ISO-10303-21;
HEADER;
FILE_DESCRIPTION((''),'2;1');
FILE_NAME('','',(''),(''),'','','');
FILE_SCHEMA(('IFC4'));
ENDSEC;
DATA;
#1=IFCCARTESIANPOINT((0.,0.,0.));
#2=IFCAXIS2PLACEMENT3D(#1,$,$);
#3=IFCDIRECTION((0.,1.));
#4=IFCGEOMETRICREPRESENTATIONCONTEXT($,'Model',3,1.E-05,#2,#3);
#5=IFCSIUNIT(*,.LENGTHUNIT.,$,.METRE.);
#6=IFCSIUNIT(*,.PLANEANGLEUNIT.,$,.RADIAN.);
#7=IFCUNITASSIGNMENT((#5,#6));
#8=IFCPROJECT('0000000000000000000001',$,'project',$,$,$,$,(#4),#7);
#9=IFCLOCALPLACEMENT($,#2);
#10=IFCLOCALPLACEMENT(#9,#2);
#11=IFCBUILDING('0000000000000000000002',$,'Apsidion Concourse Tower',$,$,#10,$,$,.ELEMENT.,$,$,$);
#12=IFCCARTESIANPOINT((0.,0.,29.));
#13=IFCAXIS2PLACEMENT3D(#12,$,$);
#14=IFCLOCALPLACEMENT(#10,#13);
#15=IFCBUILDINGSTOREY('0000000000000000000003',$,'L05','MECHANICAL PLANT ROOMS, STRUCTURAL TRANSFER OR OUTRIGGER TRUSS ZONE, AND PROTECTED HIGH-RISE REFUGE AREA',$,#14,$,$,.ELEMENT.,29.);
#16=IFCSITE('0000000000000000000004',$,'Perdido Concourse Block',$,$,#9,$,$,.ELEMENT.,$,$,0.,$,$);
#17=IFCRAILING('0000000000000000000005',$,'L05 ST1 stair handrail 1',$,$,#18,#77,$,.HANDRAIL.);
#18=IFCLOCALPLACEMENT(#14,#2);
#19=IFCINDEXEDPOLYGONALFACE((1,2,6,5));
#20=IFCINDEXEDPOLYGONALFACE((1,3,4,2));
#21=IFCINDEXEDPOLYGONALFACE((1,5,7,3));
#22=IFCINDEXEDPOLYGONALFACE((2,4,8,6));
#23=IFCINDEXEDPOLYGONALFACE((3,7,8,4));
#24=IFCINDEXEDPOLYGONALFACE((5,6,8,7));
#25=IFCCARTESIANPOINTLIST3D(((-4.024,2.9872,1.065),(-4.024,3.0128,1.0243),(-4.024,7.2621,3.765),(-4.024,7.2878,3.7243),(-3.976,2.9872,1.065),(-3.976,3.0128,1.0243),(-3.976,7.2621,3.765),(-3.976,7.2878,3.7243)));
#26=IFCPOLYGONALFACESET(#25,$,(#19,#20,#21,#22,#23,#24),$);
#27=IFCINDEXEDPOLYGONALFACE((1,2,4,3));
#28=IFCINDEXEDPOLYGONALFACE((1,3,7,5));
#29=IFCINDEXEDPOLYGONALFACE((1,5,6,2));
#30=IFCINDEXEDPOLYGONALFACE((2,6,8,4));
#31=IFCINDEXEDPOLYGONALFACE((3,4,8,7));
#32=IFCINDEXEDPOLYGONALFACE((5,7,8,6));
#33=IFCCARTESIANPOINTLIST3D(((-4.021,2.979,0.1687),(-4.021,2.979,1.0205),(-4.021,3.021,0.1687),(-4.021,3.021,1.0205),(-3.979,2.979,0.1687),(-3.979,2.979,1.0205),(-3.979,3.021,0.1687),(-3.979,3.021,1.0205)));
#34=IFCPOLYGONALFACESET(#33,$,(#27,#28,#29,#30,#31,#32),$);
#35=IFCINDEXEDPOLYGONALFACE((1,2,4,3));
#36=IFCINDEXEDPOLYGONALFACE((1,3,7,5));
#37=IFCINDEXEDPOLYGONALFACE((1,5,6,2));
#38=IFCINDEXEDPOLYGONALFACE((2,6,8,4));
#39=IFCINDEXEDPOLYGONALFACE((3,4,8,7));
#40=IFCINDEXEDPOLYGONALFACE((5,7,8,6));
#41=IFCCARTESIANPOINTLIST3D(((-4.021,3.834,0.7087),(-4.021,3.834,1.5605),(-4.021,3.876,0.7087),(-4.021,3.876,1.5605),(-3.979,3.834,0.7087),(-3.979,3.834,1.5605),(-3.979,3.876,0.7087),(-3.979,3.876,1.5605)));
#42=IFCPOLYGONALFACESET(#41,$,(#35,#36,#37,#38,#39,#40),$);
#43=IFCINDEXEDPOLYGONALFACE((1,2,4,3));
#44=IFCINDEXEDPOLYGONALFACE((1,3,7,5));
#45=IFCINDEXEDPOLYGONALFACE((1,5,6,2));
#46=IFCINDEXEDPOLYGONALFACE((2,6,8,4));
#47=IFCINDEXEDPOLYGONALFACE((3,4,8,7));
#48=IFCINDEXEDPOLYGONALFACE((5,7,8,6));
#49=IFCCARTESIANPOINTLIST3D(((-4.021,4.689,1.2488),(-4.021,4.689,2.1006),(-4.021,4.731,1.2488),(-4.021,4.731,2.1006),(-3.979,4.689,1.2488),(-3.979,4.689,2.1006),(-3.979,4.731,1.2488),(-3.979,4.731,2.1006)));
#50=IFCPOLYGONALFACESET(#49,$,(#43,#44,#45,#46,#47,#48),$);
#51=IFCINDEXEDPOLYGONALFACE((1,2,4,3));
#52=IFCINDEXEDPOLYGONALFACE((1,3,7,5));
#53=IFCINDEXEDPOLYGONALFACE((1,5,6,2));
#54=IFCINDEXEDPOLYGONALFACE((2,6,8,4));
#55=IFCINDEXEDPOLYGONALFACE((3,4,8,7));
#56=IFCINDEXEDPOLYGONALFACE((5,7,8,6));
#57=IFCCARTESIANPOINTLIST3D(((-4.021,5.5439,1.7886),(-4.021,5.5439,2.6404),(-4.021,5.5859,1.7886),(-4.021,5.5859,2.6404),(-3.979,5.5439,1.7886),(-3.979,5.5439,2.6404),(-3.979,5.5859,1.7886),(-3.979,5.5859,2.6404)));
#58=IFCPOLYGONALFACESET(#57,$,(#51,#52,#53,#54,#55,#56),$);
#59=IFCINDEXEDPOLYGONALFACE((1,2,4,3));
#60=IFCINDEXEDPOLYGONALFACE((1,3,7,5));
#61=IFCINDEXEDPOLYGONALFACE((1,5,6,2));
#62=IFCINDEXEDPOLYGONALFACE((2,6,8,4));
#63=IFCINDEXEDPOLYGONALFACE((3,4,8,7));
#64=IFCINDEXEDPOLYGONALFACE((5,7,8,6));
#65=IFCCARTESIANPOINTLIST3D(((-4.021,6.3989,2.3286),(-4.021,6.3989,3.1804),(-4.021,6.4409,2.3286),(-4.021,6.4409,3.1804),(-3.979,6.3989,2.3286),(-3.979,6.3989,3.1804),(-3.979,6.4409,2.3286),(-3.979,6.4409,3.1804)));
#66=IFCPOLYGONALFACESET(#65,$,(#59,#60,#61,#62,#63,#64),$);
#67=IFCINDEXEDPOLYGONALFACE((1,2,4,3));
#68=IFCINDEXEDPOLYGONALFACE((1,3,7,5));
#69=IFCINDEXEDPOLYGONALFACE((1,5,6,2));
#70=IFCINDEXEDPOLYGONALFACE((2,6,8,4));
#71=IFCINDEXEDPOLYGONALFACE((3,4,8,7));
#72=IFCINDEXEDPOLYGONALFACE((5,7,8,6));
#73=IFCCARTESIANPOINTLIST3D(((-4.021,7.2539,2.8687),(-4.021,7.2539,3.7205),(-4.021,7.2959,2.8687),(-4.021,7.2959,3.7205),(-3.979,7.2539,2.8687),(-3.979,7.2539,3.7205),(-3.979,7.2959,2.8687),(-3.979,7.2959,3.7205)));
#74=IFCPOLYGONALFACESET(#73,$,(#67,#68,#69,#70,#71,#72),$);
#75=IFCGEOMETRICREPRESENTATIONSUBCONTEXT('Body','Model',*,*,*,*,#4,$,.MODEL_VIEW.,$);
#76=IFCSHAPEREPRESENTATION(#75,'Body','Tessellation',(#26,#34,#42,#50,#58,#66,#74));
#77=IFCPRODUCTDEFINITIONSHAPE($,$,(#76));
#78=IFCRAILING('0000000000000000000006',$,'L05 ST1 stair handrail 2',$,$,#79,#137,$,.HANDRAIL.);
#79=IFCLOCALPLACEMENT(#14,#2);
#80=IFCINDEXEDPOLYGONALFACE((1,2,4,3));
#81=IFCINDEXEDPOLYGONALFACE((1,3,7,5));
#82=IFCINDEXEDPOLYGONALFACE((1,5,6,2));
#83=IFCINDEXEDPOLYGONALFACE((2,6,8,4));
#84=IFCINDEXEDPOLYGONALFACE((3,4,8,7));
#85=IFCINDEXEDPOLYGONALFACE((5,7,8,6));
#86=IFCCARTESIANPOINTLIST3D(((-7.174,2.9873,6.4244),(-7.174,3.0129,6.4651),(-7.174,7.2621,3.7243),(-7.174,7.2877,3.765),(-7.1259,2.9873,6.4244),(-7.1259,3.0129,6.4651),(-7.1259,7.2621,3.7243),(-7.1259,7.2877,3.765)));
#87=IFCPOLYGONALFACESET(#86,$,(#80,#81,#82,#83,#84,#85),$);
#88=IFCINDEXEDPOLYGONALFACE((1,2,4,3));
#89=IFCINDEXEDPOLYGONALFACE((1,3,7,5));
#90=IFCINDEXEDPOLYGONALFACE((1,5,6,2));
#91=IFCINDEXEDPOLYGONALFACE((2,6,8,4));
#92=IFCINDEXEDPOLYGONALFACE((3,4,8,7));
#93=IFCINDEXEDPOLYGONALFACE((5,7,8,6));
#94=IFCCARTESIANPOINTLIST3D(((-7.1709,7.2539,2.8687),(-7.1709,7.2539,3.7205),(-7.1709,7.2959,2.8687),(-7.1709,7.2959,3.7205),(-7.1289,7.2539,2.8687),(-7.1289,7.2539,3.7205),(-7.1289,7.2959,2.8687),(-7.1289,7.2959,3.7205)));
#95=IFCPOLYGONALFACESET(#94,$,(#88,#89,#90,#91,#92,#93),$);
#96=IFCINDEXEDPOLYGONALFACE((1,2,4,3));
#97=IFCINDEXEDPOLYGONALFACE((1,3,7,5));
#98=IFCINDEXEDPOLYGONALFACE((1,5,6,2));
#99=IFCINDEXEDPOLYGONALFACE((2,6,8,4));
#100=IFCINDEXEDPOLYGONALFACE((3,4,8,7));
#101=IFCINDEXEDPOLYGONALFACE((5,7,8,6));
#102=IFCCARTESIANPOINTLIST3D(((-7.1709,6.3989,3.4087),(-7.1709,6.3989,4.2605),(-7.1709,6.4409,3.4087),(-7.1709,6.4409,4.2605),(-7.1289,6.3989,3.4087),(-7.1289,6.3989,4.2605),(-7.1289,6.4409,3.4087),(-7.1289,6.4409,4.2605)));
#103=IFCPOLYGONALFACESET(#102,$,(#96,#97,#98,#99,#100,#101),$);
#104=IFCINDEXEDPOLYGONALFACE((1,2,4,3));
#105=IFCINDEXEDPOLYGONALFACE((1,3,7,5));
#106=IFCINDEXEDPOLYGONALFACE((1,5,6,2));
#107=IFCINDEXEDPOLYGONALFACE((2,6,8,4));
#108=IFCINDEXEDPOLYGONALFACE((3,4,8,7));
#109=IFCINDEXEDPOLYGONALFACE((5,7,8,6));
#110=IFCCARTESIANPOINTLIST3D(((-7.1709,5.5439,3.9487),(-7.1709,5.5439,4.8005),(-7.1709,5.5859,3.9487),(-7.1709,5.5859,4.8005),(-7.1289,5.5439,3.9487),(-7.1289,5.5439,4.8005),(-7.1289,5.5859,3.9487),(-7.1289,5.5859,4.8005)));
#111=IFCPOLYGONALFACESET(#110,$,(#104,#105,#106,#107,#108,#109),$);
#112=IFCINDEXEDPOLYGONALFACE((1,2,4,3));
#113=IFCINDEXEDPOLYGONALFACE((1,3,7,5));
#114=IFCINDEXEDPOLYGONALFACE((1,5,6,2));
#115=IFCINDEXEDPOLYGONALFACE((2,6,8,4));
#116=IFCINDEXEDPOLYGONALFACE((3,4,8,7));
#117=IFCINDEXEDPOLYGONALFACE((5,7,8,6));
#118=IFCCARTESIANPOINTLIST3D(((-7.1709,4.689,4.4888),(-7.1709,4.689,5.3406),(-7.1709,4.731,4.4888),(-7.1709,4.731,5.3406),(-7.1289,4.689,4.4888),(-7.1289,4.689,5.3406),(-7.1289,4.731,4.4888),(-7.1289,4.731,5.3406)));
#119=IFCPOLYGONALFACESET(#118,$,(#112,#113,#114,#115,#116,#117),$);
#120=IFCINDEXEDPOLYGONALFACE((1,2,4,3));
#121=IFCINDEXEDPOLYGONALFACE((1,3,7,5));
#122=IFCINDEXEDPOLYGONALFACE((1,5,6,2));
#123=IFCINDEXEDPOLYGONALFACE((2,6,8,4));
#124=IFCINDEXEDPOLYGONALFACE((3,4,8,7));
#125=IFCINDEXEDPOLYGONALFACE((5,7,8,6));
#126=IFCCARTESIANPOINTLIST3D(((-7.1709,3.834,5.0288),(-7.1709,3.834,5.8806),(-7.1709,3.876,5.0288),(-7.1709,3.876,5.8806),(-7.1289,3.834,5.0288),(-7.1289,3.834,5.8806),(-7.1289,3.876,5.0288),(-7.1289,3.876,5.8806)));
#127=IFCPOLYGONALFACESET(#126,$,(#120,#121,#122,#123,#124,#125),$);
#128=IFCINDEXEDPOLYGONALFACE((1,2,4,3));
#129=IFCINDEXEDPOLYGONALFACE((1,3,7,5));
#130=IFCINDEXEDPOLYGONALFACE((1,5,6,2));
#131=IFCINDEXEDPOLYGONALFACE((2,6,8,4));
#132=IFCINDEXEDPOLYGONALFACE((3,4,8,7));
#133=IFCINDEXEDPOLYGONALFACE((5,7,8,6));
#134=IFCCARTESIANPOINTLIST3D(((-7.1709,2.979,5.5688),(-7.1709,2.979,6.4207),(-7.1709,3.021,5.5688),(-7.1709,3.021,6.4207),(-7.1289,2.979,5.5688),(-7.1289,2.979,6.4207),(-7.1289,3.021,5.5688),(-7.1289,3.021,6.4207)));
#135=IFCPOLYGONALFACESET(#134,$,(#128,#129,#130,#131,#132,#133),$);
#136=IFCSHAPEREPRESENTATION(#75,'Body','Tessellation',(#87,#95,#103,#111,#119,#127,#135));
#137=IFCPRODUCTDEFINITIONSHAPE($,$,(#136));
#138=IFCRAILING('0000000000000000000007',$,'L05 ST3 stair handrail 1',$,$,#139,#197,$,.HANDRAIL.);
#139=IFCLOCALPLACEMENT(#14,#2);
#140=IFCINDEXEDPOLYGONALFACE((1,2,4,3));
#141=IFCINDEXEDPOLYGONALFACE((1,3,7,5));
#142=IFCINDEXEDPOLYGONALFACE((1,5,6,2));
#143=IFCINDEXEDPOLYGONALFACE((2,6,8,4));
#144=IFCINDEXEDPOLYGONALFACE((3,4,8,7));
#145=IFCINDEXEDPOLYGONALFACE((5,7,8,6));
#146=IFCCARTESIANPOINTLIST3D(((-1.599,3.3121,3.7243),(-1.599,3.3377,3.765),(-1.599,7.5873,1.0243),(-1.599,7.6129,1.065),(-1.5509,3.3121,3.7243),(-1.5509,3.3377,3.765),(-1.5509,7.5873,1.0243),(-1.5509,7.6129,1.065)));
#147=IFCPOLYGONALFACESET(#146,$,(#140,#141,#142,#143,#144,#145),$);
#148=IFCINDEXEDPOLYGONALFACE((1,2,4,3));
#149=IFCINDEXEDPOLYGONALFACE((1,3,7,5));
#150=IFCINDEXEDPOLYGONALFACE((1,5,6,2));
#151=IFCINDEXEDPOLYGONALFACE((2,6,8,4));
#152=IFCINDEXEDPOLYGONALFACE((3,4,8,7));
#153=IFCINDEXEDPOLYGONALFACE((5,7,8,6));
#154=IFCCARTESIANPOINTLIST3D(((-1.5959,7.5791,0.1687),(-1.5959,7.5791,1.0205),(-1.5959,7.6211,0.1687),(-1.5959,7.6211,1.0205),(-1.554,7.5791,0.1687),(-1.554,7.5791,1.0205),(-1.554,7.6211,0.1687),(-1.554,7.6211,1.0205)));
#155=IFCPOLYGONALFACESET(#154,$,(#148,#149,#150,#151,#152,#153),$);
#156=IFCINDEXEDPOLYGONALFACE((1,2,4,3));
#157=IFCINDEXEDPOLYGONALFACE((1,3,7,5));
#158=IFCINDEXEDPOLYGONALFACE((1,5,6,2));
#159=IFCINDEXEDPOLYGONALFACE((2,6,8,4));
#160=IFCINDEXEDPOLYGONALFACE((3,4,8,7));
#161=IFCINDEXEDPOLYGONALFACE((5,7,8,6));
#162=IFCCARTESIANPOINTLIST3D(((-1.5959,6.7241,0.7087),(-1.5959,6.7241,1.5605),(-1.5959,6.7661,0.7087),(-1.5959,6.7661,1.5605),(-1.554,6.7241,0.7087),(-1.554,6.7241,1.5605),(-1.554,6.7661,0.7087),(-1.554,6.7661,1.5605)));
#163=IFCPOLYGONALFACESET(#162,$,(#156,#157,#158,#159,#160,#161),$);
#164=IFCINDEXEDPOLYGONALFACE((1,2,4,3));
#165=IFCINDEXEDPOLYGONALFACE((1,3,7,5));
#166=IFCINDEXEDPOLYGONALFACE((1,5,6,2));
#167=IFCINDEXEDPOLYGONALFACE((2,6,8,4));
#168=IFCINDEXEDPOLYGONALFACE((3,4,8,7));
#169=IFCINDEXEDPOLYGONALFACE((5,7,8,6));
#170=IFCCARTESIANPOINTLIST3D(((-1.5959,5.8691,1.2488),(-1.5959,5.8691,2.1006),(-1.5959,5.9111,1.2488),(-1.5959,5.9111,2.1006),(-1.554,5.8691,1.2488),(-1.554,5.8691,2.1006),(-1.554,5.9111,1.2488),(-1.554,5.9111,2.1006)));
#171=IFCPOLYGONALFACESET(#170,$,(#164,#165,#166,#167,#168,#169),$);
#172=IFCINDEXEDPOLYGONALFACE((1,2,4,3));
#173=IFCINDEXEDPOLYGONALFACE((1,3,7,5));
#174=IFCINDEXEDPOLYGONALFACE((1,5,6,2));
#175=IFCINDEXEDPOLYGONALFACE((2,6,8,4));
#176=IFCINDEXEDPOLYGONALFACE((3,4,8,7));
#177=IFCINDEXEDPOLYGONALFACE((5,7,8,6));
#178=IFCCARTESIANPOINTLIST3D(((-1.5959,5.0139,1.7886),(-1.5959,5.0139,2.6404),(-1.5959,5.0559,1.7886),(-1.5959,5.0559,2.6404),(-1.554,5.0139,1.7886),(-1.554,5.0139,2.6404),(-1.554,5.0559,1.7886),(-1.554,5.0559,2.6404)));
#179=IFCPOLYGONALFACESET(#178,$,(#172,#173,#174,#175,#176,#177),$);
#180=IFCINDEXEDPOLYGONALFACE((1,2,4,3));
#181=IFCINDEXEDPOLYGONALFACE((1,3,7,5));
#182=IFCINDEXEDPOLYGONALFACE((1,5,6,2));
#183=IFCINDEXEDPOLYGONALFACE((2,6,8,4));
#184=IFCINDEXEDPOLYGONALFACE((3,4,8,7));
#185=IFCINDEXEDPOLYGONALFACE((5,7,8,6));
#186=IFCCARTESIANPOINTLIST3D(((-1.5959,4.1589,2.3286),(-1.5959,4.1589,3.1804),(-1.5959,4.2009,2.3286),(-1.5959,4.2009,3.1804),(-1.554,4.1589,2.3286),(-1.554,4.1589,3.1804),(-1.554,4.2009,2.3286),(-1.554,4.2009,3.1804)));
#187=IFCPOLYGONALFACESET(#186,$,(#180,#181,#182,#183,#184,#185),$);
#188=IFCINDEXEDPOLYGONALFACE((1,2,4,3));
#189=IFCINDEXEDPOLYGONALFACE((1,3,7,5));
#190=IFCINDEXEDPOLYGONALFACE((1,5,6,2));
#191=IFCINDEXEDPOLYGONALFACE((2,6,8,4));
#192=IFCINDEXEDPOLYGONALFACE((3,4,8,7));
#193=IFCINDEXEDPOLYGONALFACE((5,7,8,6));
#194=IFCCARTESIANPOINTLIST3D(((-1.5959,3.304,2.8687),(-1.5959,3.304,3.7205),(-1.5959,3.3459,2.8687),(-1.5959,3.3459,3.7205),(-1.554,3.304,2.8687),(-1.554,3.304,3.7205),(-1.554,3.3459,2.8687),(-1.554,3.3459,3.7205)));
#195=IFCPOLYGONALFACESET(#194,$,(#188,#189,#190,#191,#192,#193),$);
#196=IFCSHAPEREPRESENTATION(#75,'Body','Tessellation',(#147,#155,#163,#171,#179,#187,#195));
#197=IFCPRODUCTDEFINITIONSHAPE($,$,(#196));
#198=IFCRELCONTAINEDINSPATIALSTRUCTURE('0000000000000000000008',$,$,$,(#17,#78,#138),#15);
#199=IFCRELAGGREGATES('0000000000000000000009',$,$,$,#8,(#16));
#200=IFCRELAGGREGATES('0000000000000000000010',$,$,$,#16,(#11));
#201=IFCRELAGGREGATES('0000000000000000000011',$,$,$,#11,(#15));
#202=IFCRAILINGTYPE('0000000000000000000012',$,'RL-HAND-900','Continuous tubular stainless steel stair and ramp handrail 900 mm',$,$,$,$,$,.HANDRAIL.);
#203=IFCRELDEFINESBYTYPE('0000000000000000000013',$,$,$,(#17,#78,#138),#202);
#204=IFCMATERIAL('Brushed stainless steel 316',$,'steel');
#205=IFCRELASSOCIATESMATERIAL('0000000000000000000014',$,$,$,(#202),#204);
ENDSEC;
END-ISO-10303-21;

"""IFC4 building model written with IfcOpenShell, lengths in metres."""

from ifc_helpers import new_model, si_unit, direction, frame, origin, origin_2d, place, context, subcontext, project, spatial, rectangle, extrude, material, type_object, element, save


model = new_model("IFC4")

# Units and contexts
model_context = context("Model", 3, precision=1e-05, world=origin(), true_north=direction((0.0, 1.0)))
body_context = subcontext(model_context, "Body", "Model", "MODEL_VIEW")
ifc_project = project(units=[si_unit("LENGTHUNIT", "METRE"), si_unit("PLANEANGLEUNIT", "RADIAN")], contexts=[model_context])

# Site, building, storey
site_placement = place(None, origin())
site = spatial("IfcSite", under=ifc_project, at=site_placement, Name="Perdido Concourse Block", CompositionType="ELEMENT", RefElevation=0.0)
building_placement = place(site_placement, origin())
building = spatial("IfcBuilding", under=site, at=building_placement, Name="Apsidion Concourse Tower", CompositionType="ELEMENT")
storey_placement = place(building_placement, frame((0.0, 0.0, 29.0)))
storey = spatial("IfcBuildingStorey", under=building, at=storey_placement, Name="L05", Description="MECHANICAL PLANT ROOMS, STRUCTURAL TRANSFER OR OUTRIGGER TRUSS ZONE, AND PROTECTED HIGH-RISE REFUGE AREA", CompositionType="ELEMENT", Elevation=29.0)

# Shared definitions
ifc_material_1 = material(Name="Brushed stainless steel 316", Category="steel")

# Railings
railing_type_1 = type_object("IfcRailingType", Name="RL-HAND-900", Description="Continuous tubular stainless steel stair and ramp handrail 900 mm", PredefinedType="HANDRAIL", material=ifc_material_1)
railing_1_placement = place(storey_placement, frame((-4.0, 3.0, 0.1687)))
element("IfcRailing", 1, at=railing_1_placement, inside=storey, type_object=railing_type_1, Name="L05 ST1 stair handrail 1", PredefinedType="HANDRAIL", context=body_context, shape_type="SweptSolid", body=[
    extrude(rectangle(XDim=0.0481, YDim=0.0481, at=origin_2d()), frame((0.0, 0.0, 0.876), z_axis=(0.0, 0.845488, 0.533995), x_axis=(-1.0, 0.0, 0.0)), (0.0, 0.0, 1.0), 5.0562),
    extrude(rectangle(XDim=0.042, YDim=0.042, at=origin_2d()), origin(), (0.0, 0.0, 1.0), 0.8518),
    extrude(rectangle(XDim=0.042, YDim=0.042, at=origin_2d()), frame((0.0, 0.855, 0.54)), (0.0, 0.0, 1.0), 0.8518),
    extrude(rectangle(XDim=0.042, YDim=0.042, at=origin_2d()), frame((0.0, 1.71, 1.0801)), (0.0, 0.0, 1.0), 0.8518),
    extrude(rectangle(XDim=0.042, YDim=0.042, at=origin_2d()), frame((0.0, 2.5649, 1.6199)), (0.0, 0.0, 1.0), 0.8518),
    extrude(rectangle(XDim=0.042, YDim=0.042, at=origin_2d()), frame((0.0, 3.4199, 2.1599)), (0.0, 0.0, 1.0), 0.8518),
    extrude(rectangle(XDim=0.042, YDim=0.042, at=origin_2d()), frame((0.0, 4.2749, 2.7)), (0.0, 0.0, 1.0), 0.8518),
])
railing_2_placement = place(storey_placement, frame((-7.1499, 7.2749, 2.8687)))
element("IfcRailing", 2, at=railing_2_placement, inside=storey, type_object=railing_type_1, Name="L05 ST1 stair handrail 2", PredefinedType="HANDRAIL", context=body_context, shape_type="SweptSolid", body=[
    extrude(rectangle(XDim=0.0481, YDim=0.0481, at=origin_2d()), frame((0.0, 0.0, 0.876), z_axis=(0.0, -0.845466, 0.534029), x_axis=(1.0, 0.0, 0.0)), (0.0, 0.0, 1.0), 5.0562),
    extrude(rectangle(XDim=0.042, YDim=0.042, at=origin_2d()), origin(), (0.0, 0.0, 1.0), 0.8518),
    extrude(rectangle(XDim=0.042, YDim=0.042, at=origin_2d()), frame((0.0, -0.855, 0.54)), (0.0, 0.0, 1.0), 0.8518),
    extrude(rectangle(XDim=0.042, YDim=0.042, at=origin_2d()), frame((0.0, -1.71, 1.0801)), (0.0, 0.0, 1.0), 0.8518),
    extrude(rectangle(XDim=0.042, YDim=0.042, at=origin_2d()), frame((0.0, -2.5649, 1.6201)), (0.0, 0.0, 1.0), 0.8518),
    extrude(rectangle(XDim=0.042, YDim=0.042, at=origin_2d()), frame((0.0, -3.4199, 2.1602)), (0.0, 0.0, 1.0), 0.8518),
    extrude(rectangle(XDim=0.042, YDim=0.042, at=origin_2d()), frame((0.0, -4.2749, 2.7002)), (0.0, 0.0, 1.0), 0.8518),
])
railing_3_placement = place(storey_placement, frame((-1.575, 7.6001, 0.1687)))
element("IfcRailing", 3, at=railing_3_placement, inside=storey, type_object=railing_type_1, Name="L05 ST3 stair handrail 1", PredefinedType="HANDRAIL", context=body_context, shape_type="SweptSolid", body=[
    extrude(rectangle(XDim=0.0481, YDim=0.0481, at=origin_2d()), frame((0.0, 0.0, 0.876), z_axis=(0.0, -0.845502, 0.533973), x_axis=(1.0, 0.0, 0.0)), (0.0, 0.0, 1.0), 5.0564),
    extrude(rectangle(XDim=0.042, YDim=0.042, at=origin_2d()), origin(), (0.0, 0.0, 1.0), 0.8518),
    extrude(rectangle(XDim=0.042, YDim=0.042, at=origin_2d()), frame((0.0, -0.855, 0.54)), (0.0, 0.0, 1.0), 0.8518),
    extrude(rectangle(XDim=0.042, YDim=0.042, at=origin_2d()), frame((0.0, -1.71, 1.0801)), (0.0, 0.0, 1.0), 0.8518),
    extrude(rectangle(XDim=0.042, YDim=0.042, at=origin_2d()), frame((0.0, -2.5652, 1.6199)), (0.0, 0.0, 1.0), 0.8518),
    extrude(rectangle(XDim=0.042, YDim=0.042, at=origin_2d()), frame((0.0, -3.4202, 2.1599)), (0.0, 0.0, 1.0), 0.8518),
    extrude(rectangle(XDim=0.042, YDim=0.042, at=origin_2d()), frame((0.0, -4.2751, 2.7)), (0.0, 0.0, 1.0), 0.8518),
])

save(model, "model.ifc")
